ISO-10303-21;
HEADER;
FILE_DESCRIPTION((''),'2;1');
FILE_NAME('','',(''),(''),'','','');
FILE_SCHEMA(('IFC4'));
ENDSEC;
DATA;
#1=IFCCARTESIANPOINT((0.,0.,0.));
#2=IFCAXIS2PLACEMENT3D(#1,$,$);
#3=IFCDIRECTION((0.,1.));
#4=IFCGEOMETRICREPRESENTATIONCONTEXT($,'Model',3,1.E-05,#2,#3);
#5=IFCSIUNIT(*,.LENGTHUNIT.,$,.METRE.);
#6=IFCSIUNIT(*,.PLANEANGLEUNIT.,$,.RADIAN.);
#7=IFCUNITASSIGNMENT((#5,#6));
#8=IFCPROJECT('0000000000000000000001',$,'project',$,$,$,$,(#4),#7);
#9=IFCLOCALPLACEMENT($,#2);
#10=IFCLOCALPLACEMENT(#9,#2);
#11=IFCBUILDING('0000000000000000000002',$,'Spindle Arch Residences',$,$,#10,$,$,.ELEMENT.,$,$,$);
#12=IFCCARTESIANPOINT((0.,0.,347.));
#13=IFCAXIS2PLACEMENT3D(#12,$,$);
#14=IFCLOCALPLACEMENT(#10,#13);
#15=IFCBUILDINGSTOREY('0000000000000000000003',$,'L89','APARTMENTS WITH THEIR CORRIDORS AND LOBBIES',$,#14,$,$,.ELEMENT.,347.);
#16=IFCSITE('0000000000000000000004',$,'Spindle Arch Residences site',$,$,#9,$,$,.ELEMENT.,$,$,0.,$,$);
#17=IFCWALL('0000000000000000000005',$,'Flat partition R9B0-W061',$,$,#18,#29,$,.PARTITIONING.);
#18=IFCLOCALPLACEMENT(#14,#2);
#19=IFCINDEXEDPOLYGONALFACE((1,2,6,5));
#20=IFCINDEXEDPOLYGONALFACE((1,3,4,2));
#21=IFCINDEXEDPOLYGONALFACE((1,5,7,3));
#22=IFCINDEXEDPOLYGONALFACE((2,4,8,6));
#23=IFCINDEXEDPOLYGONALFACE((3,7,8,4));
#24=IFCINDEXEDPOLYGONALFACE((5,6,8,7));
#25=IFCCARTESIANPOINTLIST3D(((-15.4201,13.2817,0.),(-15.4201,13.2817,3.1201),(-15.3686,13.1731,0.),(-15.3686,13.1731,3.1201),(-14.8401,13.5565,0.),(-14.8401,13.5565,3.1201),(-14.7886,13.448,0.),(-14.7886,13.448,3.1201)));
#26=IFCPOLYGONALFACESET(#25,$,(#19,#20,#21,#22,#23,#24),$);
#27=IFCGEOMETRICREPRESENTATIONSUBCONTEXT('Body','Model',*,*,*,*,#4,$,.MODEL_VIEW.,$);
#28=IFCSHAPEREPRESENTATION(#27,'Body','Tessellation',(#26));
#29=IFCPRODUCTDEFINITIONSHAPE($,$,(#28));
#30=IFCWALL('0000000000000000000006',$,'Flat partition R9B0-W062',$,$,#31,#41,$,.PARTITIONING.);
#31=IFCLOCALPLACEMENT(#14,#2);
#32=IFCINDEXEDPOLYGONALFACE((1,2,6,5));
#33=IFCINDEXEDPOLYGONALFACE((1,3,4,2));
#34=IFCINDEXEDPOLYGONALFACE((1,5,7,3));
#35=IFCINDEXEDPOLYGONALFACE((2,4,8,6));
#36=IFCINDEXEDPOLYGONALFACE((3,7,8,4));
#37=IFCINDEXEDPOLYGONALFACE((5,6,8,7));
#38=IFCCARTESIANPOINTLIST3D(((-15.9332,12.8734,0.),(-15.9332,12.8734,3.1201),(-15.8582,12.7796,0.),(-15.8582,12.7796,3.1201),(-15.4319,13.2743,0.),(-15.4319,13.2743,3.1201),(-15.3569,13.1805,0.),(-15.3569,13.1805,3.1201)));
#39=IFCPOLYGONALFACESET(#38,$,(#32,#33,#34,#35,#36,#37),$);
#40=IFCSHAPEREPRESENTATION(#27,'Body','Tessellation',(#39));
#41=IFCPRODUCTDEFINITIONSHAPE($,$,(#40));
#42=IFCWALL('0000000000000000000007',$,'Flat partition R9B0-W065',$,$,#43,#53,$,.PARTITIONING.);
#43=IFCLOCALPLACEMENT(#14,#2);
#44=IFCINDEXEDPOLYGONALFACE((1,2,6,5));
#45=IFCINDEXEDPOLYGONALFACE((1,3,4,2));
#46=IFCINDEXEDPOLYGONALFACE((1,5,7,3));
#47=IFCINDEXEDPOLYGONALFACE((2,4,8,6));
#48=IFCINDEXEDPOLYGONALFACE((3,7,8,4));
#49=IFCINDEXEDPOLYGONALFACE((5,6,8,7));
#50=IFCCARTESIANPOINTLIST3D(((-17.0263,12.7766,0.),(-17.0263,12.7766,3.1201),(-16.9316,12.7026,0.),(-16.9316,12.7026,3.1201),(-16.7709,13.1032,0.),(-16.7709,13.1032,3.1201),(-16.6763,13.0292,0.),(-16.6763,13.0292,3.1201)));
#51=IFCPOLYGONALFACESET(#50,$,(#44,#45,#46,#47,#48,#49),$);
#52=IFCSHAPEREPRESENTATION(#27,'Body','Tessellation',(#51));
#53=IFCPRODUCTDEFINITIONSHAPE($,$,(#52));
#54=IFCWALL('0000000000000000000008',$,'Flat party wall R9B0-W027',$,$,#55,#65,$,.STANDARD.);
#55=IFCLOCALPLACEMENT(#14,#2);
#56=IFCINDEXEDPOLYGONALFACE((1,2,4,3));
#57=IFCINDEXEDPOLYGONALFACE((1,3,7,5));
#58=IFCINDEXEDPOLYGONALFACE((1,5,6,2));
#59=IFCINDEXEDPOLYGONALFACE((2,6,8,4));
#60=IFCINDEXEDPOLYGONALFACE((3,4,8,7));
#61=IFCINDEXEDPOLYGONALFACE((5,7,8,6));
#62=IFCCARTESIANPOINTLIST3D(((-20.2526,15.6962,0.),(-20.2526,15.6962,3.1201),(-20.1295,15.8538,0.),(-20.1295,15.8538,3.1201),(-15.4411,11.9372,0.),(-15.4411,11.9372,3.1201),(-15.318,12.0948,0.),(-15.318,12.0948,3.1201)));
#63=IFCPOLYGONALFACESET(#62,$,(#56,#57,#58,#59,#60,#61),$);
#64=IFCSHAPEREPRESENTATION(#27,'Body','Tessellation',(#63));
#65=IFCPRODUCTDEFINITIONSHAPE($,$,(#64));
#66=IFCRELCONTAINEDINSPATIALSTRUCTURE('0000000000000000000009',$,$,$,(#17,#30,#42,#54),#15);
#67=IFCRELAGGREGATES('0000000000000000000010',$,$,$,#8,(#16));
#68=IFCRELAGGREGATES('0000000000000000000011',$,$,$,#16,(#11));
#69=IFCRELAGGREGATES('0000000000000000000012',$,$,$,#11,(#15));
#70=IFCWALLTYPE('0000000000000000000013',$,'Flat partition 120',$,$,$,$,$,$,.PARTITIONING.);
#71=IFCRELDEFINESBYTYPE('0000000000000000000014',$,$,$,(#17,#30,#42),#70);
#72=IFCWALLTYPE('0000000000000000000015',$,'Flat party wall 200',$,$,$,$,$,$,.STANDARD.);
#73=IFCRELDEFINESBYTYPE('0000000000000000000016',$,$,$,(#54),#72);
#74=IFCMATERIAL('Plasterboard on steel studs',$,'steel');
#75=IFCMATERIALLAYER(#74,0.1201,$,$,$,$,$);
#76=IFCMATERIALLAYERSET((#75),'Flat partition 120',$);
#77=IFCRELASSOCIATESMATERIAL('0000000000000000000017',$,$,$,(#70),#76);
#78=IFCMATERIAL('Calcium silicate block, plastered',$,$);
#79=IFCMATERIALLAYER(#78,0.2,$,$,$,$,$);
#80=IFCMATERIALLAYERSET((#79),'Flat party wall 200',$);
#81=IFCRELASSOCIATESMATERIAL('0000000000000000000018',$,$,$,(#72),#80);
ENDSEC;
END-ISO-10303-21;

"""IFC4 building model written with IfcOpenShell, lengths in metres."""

from ifc_helpers import new_model, si_unit, direction, frame, frame_2d, origin, place, context, subcontext, project, spatial, rectangle, extrude, material, layer, layer_set, type_object, element, save


model = new_model("IFC4")

# Units and contexts
model_context = context("Model", 3, precision=1e-05, world=origin(), true_north=direction((0.0, 1.0)))
body_context = subcontext(model_context, "Body", "Model", "MODEL_VIEW")
ifc_project = project(units=[si_unit("LENGTHUNIT", "METRE"), si_unit("PLANEANGLEUNIT", "RADIAN")], contexts=[model_context])

# Site, building, storey
site_placement = place(None, origin())
site = spatial("IfcSite", under=ifc_project, at=site_placement, Name="Spindle Arch Residences site", CompositionType="ELEMENT", RefElevation=0.0)
building_placement = place(site_placement, origin())
building = spatial("IfcBuilding", under=site, at=building_placement, Name="Spindle Arch Residences", CompositionType="ELEMENT")
storey_placement = place(building_placement, frame((0.0, 0.0, 347.0)))
storey = spatial("IfcBuildingStorey", under=building, at=storey_placement, Name="L89", Description="APARTMENTS WITH THEIR CORRIDORS AND LOBBIES", CompositionType="ELEMENT", Elevation=347.0)

# Shared definitions
ifc_material_1 = material(Name="Plasterboard on steel studs", Category="steel")
ifc_layer_1 = layer(ifc_material_1, 0.1201)
ifc_layer_set_1 = layer_set([ifc_layer_1], Name="Flat partition 120")
wall_type_1 = type_object("IfcWallType", Name="Flat partition 120", PredefinedType="PARTITIONING", material=ifc_layer_set_1)

# Walls
for number, where, z_axis, x_axis, name in (
    (1, (-14.8145, 13.5022, 0.0), (0.0, 0.0, 1.0), (-0.90366, -0.42825, 0.0), "Flat partition R9B0-W061"),
    (2, (-15.3945, 13.2273, 0.0), (0.0, 0.0, 1.0), (-0.780943, -0.624602, 0.0), "Flat partition R9B0-W062"),
):
    element("IfcWall", number, at=place(storey_placement, frame(where, z_axis=z_axis, x_axis=x_axis)), inside=storey, type_object=wall_type_1, Name=name, PredefinedType="PARTITIONING", context=body_context, shape_type="SweptSolid", body=[
        extrude(rectangle(XDim=0.6418, YDim=0.1201, at=frame_2d((0.3208, 0.0))), origin(), (0.0, 0.0, 1.0), 3.1201),
    ])
wall_1_placement = place(storey_placement, frame((-16.7236, 13.0662, 0.0), z_axis=(0.0, 0.0, 1.0), x_axis=(-0.615895, -0.787828, 0.0)))
element("IfcWall", 3, at=wall_1_placement, inside=storey, type_object=wall_type_1, Name="Flat partition R9B0-W065", PredefinedType="PARTITIONING", context=body_context, shape_type="SweptSolid", body=[
    extrude(rectangle(XDim=0.4146, YDim=0.1201, at=frame_2d((0.2073, 0.0))), origin(), (0.0, 0.0, 1.0), 3.1201),
])
ifc_material_2 = material(Name="Calcium silicate block, plastered")
ifc_layer_2 = layer(ifc_material_2, 0.2)
ifc_layer_set_2 = layer_set([ifc_layer_2], Name="Flat party wall 200")
wall_type_2 = type_object("IfcWallType", Name="Flat party wall 200", PredefinedType="STANDARD", material=ifc_layer_set_2)
wall_2_placement = place(storey_placement, frame((-20.1909, 15.7749, 0.0), z_axis=(0.0, 0.0, 1.0), x_axis=(0.788022, -0.615647, 0.0)))
element("IfcWall", 4, at=wall_2_placement, inside=storey, type_object=wall_type_2, Name="Flat party wall R9B0-W027", PredefinedType="STANDARD", context=body_context, shape_type="SweptSolid", body=[
    extrude(rectangle(XDim=6.1057, YDim=0.2, at=frame_2d((3.0527, 0.0))), origin(), (0.0, 0.0, 1.0), 3.1201),
])

save(model, "model.ifc")
